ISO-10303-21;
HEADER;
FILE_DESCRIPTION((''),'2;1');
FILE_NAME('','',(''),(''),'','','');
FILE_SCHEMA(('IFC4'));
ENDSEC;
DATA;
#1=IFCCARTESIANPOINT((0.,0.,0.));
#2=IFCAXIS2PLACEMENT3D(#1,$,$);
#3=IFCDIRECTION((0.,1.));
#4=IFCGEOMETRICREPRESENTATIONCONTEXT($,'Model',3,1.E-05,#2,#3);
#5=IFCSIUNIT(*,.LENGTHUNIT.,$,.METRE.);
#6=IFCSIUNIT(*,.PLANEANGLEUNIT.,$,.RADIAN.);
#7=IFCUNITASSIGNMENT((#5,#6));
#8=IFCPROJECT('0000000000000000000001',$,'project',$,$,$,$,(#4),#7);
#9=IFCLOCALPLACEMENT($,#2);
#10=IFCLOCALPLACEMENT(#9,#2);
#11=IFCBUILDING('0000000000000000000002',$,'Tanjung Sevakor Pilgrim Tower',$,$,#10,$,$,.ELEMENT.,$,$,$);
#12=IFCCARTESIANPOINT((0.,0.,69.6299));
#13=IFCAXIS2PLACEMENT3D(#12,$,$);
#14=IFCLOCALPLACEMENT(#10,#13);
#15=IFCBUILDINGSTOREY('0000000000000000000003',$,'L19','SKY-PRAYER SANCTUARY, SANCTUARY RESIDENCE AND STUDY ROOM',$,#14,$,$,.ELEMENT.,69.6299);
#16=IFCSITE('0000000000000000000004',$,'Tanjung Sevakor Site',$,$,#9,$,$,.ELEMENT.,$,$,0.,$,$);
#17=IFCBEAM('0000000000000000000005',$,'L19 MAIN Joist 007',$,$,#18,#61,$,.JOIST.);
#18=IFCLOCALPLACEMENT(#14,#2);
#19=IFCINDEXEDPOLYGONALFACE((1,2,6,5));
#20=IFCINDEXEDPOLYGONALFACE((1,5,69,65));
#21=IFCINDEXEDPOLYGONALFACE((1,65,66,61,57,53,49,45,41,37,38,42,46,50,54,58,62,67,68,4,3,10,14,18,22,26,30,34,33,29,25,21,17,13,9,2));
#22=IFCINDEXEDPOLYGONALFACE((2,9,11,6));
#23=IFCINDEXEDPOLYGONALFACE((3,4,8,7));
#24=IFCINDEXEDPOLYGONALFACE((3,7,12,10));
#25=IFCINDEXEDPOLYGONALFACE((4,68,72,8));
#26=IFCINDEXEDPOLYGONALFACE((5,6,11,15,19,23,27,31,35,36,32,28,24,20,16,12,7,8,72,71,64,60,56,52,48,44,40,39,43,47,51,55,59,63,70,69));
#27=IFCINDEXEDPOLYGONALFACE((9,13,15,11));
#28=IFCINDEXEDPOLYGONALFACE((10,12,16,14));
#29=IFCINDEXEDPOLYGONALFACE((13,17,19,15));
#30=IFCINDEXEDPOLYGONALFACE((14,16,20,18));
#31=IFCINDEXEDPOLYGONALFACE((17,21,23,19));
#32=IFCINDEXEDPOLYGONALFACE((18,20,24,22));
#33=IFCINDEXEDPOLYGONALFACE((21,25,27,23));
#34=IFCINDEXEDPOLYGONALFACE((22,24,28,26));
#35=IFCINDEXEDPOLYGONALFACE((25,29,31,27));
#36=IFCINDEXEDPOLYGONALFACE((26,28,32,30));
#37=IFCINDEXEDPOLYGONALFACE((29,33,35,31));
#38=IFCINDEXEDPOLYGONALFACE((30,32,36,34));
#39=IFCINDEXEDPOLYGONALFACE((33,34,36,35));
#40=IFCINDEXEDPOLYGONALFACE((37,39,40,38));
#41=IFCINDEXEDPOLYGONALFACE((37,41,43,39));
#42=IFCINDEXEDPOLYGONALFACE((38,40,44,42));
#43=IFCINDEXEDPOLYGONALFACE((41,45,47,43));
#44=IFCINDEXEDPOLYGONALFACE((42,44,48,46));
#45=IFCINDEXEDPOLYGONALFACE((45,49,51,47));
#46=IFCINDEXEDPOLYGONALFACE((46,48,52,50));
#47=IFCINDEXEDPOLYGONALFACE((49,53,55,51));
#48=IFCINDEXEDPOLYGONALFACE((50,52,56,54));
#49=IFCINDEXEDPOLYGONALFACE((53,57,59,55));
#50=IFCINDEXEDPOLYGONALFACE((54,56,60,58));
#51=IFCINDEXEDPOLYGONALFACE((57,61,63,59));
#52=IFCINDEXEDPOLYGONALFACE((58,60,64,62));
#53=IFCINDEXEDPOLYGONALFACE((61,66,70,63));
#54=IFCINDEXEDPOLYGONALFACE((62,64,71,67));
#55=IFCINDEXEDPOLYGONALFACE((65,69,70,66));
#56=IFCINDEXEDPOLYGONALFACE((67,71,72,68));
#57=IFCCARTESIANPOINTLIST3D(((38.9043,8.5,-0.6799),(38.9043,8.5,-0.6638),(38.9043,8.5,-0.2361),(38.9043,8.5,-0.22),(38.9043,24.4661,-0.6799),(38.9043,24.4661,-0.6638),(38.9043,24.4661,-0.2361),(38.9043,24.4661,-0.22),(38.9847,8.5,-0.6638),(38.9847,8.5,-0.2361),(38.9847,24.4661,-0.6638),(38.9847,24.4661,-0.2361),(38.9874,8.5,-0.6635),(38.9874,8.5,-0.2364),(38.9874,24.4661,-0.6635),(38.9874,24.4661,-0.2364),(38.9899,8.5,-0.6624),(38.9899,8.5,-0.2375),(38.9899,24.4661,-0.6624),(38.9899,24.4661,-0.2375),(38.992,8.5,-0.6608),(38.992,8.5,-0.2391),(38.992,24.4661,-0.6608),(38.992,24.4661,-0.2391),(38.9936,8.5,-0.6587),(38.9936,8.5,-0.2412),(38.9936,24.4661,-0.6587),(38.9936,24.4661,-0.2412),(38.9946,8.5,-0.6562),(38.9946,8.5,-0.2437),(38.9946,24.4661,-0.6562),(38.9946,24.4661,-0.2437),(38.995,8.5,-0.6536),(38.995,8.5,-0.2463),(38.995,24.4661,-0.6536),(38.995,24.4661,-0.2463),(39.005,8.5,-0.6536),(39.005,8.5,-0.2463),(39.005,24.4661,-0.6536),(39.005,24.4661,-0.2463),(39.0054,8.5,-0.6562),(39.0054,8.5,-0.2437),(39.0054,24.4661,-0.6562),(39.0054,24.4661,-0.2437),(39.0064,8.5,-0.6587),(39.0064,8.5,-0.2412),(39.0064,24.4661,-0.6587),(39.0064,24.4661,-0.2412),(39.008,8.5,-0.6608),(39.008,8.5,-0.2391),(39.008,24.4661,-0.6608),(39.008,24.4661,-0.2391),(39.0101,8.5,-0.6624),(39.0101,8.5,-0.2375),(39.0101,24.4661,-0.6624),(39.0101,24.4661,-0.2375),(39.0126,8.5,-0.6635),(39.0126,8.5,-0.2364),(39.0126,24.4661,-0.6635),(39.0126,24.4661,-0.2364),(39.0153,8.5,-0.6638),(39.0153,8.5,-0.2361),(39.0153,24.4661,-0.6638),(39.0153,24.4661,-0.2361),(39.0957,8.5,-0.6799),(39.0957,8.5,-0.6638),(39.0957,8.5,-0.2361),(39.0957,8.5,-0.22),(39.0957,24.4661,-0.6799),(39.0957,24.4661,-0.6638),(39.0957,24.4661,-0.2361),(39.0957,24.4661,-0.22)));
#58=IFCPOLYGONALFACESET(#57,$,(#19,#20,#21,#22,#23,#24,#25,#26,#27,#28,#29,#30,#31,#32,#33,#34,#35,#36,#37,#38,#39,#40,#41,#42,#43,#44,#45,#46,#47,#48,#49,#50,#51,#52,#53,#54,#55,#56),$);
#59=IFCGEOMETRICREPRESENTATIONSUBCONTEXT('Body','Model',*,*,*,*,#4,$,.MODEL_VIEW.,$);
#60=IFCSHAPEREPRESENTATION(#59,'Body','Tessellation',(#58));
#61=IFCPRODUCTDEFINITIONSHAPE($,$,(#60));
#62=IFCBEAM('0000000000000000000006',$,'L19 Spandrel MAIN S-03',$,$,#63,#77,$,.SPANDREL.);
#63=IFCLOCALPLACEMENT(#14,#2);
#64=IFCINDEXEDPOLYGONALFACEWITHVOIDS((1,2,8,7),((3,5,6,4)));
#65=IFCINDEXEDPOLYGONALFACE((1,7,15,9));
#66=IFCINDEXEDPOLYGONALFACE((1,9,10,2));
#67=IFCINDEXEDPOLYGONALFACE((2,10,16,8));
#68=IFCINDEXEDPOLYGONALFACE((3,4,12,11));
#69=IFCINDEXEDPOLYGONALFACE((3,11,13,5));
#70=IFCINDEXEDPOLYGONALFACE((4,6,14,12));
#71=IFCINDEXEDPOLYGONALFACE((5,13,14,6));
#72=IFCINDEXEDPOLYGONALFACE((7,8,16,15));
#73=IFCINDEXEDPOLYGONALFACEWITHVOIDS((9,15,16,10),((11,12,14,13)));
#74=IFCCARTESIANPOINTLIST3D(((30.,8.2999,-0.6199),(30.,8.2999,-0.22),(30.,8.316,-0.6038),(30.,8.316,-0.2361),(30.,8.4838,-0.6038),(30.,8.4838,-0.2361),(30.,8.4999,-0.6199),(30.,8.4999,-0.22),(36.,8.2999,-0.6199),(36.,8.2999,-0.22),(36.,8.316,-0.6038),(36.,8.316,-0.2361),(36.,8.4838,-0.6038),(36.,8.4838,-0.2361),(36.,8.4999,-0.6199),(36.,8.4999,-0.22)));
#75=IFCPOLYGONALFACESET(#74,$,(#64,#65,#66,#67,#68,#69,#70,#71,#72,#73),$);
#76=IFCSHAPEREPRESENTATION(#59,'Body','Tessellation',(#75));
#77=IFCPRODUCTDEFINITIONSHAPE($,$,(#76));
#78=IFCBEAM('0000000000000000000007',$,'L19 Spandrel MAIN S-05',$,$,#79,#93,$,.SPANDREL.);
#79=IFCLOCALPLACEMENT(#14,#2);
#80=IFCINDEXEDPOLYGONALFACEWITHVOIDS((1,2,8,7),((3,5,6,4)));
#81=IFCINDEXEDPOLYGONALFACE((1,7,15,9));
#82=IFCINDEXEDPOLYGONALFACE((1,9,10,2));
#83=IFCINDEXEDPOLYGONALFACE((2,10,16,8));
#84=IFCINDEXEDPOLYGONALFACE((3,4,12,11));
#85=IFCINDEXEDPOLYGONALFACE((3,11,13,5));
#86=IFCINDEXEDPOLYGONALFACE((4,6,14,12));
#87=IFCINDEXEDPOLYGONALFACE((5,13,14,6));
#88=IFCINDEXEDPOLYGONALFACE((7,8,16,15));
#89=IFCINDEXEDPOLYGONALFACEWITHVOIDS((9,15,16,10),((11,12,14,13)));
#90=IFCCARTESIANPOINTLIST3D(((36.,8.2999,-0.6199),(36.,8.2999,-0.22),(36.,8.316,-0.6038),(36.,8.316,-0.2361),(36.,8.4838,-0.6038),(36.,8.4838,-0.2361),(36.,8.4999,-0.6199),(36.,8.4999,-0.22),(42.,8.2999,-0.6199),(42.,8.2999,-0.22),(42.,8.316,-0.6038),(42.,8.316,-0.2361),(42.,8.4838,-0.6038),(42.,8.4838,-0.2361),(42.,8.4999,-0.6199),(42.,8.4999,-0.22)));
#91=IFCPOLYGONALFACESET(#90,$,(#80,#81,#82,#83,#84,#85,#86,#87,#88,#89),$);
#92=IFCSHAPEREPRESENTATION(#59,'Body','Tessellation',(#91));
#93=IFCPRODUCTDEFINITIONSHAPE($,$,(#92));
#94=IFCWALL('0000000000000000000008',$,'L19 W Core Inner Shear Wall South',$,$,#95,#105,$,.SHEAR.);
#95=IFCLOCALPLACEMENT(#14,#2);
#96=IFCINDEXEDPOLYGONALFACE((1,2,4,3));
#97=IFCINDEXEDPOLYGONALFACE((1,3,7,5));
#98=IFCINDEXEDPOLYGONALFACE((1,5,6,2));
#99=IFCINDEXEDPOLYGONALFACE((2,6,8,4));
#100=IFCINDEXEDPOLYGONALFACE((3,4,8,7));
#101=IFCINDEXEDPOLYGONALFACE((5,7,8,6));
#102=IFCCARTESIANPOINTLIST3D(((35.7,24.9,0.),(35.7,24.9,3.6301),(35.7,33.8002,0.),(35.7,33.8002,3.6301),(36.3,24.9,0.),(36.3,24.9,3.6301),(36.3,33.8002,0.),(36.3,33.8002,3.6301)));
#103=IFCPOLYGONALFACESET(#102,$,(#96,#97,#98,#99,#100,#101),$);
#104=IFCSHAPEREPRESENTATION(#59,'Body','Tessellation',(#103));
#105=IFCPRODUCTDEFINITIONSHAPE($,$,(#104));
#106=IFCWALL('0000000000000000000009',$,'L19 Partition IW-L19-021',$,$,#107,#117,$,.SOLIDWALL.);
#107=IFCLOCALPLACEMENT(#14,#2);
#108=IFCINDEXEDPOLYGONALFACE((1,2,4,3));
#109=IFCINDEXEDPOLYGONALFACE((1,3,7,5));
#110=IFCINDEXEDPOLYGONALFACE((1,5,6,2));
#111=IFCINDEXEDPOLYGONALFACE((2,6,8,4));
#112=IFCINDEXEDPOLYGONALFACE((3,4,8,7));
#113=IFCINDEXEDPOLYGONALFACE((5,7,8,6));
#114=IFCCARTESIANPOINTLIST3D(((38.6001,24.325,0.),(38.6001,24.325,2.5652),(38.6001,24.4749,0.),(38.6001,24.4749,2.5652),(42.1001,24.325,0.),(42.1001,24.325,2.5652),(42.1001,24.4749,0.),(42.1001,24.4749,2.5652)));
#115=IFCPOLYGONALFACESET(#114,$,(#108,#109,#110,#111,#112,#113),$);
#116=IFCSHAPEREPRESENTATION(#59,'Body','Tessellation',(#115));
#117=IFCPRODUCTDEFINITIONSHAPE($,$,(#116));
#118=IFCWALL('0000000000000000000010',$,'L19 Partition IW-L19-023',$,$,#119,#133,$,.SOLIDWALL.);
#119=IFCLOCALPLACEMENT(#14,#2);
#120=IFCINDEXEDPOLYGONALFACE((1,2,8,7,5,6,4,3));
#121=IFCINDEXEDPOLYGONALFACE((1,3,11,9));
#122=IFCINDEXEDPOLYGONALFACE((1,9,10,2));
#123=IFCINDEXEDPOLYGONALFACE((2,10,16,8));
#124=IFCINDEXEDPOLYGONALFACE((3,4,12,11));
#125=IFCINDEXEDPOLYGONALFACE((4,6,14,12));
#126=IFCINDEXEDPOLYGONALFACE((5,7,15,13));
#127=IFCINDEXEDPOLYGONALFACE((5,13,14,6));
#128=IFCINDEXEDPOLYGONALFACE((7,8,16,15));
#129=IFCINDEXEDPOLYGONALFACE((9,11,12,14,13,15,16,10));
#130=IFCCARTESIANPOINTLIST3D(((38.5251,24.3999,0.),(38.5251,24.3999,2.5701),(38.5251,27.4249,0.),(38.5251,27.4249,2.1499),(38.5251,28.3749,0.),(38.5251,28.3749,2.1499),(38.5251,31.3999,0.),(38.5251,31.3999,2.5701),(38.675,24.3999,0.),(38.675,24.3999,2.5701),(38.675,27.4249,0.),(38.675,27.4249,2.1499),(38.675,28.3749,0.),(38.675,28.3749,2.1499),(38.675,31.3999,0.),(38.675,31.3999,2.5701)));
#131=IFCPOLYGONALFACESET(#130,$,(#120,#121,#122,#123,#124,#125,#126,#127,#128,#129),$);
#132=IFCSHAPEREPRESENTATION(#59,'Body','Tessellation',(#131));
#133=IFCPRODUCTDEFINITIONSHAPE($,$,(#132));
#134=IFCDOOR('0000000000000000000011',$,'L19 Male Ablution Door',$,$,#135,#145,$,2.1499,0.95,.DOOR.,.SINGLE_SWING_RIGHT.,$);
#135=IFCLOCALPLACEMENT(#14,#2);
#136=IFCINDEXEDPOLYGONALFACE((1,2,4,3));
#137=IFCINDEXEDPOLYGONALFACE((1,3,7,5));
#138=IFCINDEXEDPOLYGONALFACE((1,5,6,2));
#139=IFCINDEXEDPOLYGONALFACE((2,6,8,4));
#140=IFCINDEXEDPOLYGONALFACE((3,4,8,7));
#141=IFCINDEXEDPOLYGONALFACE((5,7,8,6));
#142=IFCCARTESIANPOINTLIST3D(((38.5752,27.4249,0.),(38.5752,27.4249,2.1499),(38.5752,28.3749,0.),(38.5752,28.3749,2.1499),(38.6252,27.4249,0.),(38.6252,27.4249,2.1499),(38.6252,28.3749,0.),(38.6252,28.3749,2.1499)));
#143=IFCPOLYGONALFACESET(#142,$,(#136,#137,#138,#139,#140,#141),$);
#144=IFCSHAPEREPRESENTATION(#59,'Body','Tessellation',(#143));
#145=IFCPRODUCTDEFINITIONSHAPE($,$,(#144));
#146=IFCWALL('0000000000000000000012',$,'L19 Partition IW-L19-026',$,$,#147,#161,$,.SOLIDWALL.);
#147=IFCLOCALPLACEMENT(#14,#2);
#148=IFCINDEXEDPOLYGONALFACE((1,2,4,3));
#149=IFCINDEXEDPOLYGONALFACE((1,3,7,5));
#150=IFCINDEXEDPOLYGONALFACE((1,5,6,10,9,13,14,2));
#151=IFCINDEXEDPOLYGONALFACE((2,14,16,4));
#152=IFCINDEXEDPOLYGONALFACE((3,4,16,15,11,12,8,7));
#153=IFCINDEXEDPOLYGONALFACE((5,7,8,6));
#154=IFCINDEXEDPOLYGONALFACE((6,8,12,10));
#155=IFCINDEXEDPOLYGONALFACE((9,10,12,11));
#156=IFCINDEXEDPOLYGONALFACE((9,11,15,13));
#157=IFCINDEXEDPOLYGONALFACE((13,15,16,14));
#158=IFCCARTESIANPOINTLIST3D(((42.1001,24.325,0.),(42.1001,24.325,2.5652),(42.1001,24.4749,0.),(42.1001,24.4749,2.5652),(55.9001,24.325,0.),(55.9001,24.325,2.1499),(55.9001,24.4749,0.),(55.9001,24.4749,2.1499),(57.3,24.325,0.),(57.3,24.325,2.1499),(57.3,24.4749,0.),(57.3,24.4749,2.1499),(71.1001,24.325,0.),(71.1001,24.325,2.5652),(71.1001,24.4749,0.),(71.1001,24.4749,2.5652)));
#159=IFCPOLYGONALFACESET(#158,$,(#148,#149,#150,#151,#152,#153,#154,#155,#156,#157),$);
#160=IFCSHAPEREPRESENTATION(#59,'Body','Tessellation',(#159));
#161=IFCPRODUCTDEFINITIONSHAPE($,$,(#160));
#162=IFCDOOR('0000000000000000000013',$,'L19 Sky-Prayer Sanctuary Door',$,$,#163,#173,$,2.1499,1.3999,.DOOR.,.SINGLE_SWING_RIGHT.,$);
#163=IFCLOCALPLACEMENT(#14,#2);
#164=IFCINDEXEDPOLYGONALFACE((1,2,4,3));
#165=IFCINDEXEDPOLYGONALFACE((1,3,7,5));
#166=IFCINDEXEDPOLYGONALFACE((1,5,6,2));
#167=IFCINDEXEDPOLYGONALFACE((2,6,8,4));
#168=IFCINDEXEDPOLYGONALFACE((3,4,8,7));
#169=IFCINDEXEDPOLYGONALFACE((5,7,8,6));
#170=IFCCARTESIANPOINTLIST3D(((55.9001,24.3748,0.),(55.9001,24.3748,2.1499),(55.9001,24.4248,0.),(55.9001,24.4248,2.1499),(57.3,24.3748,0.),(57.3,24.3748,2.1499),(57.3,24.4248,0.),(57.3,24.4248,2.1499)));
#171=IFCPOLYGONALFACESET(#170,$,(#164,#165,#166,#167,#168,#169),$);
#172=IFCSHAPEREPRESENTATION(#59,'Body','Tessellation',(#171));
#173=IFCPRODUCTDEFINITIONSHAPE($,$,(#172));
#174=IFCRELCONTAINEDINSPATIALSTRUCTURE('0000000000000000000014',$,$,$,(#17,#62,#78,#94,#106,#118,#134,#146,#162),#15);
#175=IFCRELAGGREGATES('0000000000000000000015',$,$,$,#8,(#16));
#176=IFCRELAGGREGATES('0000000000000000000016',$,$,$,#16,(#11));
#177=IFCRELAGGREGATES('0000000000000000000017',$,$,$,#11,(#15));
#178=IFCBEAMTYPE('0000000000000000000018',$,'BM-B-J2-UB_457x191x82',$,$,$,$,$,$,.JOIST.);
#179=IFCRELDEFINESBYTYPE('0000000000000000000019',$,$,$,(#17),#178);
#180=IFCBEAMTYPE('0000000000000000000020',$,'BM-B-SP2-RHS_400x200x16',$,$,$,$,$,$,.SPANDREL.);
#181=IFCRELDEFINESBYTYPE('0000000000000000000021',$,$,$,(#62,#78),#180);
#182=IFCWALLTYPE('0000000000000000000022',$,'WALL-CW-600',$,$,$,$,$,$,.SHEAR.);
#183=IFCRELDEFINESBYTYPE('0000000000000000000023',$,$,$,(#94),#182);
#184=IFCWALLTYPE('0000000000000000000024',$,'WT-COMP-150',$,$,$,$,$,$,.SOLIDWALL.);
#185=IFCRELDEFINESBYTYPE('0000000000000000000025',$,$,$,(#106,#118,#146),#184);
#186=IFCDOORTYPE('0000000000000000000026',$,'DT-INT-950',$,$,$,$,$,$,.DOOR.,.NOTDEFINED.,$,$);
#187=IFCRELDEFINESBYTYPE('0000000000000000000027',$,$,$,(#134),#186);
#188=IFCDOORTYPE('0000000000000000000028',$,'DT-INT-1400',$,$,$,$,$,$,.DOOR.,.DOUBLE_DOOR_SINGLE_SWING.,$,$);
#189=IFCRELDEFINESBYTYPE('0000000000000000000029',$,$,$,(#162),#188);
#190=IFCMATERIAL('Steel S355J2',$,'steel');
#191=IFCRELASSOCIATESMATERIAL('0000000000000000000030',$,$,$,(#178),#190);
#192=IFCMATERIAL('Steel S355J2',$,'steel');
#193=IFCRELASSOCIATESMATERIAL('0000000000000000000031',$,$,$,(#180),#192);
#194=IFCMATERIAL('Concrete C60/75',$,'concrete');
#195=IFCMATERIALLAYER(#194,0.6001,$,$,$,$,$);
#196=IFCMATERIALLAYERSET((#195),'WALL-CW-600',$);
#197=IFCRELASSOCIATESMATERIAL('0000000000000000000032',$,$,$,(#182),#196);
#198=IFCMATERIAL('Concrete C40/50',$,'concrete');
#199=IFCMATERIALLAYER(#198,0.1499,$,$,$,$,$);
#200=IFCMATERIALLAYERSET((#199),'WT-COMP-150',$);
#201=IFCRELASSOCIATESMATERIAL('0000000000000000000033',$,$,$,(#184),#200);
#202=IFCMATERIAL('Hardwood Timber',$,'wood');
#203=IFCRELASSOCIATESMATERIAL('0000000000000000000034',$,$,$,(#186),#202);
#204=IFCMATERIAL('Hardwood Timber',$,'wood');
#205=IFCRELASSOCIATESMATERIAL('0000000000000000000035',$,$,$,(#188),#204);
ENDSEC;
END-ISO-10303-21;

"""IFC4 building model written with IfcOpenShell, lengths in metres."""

from ifc_helpers import new_model, si_unit, direction, frame, frame_2d, origin, origin_2d, place, context, subcontext, project, spatial, rectangle, hollow_rectangle, i_section, extrude, material, layer, layer_set, material_profile, profile_set, type_object, element, fill, save


model = new_model("IFC4")

# Units and contexts
model_context = context("Model", 3, precision=1e-05, world=origin(), true_north=direction((0.0, 1.0)))
body_context = subcontext(model_context, "Body", "Model", "MODEL_VIEW")
ifc_project = project(units=[si_unit("LENGTHUNIT", "METRE"), si_unit("PLANEANGLEUNIT", "RADIAN")], contexts=[model_context])

# Site, building, storey
site_placement = place(None, origin())
site = spatial("IfcSite", under=ifc_project, at=site_placement, Name="Tanjung Sevakor Site", CompositionType="ELEMENT", RefElevation=0.0)
building_placement = place(site_placement, origin())
building = spatial("IfcBuilding", under=site, at=building_placement, Name="Tanjung Sevakor Pilgrim Tower", CompositionType="ELEMENT")
storey_placement = place(building_placement, frame((0.0, 0.0, 69.6299)))
storey = spatial("IfcBuildingStorey", under=building, at=storey_placement, Name="L19", Description="SKY-PRAYER SANCTUARY, SANCTUARY RESIDENCE AND STUDY ROOM", CompositionType="ELEMENT", Elevation=69.6299)

# Beams
ifc_material_1 = material(Name="Steel S355J2", Category="steel")
ifc_material_profile_1 = material_profile(ifc_material_1, i_section(OverallWidth=0.1914, OverallDepth=0.46, WebThickness=0.01, FlangeThickness=0.0161, FilletRadius=0.0103, at=origin_2d()))
ifc_profile_set_1 = profile_set([ifc_material_profile_1], Name="Steel S355J2")
beam_type_1 = type_object("IfcBeamType", Name="BM-B-J2-UB_457x191x82", PredefinedType="JOIST", material=ifc_profile_set_1)
for number, where, z_axis, x_axis, name in (
    (1, (39.0, 8.5, -0.45), (0.0, 1.0, 0.0), (-1.0, 0.0, 0.0), "L19 MAIN Joist 007"),
):
    element("IfcBeam", number, at=place(storey_placement, frame(where, z_axis=z_axis, x_axis=x_axis)), inside=storey, type_object=beam_type_1, Name=name, PredefinedType="JOIST", context=body_context, shape_type="SweptSolid", body=[
        extrude(i_section(OverallWidth=0.1914, OverallDepth=0.46, WebThickness=0.01, FlangeThickness=0.0161, FilletRadius=0.0103, at=origin_2d()), origin(), (0.0, 0.0, 1.0), 15.9661),
    ])
ifc_material_2 = material(Name="Steel S355J2", Category="steel")
ifc_material_profile_2 = material_profile(ifc_material_2, hollow_rectangle(XDim=0.2, YDim=0.3999, WallThickness=0.0161, at=origin_2d()))
ifc_profile_set_2 = profile_set([ifc_material_profile_2], Name="Steel S355J2")
beam_type_2 = type_object("IfcBeamType", Name="BM-B-SP2-RHS_400x200x16", PredefinedType="SPANDREL", material=ifc_profile_set_2)
for number, where, z_axis, x_axis, name in (
    (2, (30.0, 8.3999, -0.4199), (1.0, 0.0, 0.0), (0.0, 1.0, 0.0), "L19 Spandrel MAIN S-03"),
    (3, (36.0, 8.3999, -0.4199), (1.0, 0.0, 0.0), (0.0, 1.0, 0.0), "L19 Spandrel MAIN S-05"),
):
    element("IfcBeam", number, at=place(storey_placement, frame(where, z_axis=z_axis, x_axis=x_axis)), inside=storey, type_object=beam_type_2, Name=name, PredefinedType="SPANDREL", context=body_context, shape_type="SweptSolid", body=[
        extrude(hollow_rectangle(XDim=0.2, YDim=0.3999, WallThickness=0.0161, at=origin_2d()), origin(), (0.0, 0.0, 1.0), 6.0),
    ])

# Walls
ifc_material_3 = material(Name="Concrete C60/75", Category="concrete")
ifc_layer_1 = layer(ifc_material_3, 0.6001)
ifc_layer_set_1 = layer_set([ifc_layer_1], Name="WALL-CW-600")
wall_type_1 = type_object("IfcWallType", Name="WALL-CW-600", PredefinedType="SHEAR", material=ifc_layer_set_1)
wall_1_placement = place(storey_placement, frame((36.0, 24.8999, 0.0), z_axis=(0.0, 0.0, 1.0), x_axis=(0.0, 1.0, 0.0)))
element("IfcWall", 4, at=wall_1_placement, inside=storey, type_object=wall_type_1, Name="L19 W Core Inner Shear Wall South", PredefinedType="SHEAR", context=body_context, shape_type="SweptSolid", body=[
    extrude(rectangle(XDim=8.9001, YDim=0.6001, at=frame_2d((4.4502, 0.0))), origin(), (0.0, 0.0, 1.0), 3.6301),
])
ifc_material_4 = material(Name="Concrete C40/50", Category="concrete")
ifc_layer_2 = layer(ifc_material_4, 0.1499)
ifc_layer_set_2 = layer_set([ifc_layer_2], Name="WT-COMP-150")
wall_type_2 = type_object("IfcWallType", Name="WT-COMP-150", PredefinedType="SOLIDWALL", material=ifc_layer_set_2)
wall_2_placement = place(storey_placement, frame((38.6001, 24.3999, 0.0), z_axis=(0.0, 0.0, 1.0), x_axis=(1.0, 0.0, 0.0)))
element("IfcWall", 5, at=wall_2_placement, inside=storey, type_object=wall_type_2, Name="L19 Partition IW-L19-021", PredefinedType="SOLIDWALL", context=body_context, shape_type="SweptSolid", body=[
    extrude(rectangle(XDim=3.5, YDim=0.1499, at=frame_2d((1.75, 0.0))), origin(), (0.0, 0.0, 1.0), 2.5652),
])

# Walls, openings, doors
wall_3_placement = place(storey_placement, frame((38.6001, 24.3999, 0.0), z_axis=(0.0, 0.0, 1.0), x_axis=(0.0, 1.0, 0.0)))
wall_3 = element("IfcWall", 6, at=wall_3_placement, inside=storey, type_object=wall_type_2, Name="L19 Partition IW-L19-023", PredefinedType="SOLIDWALL", context=body_context, shape_type="SweptSolid", body=[
    extrude(rectangle(XDim=7.0, YDim=0.1499, at=frame_2d((3.5, 0.0))), origin(), (0.0, 0.0, 1.0), 2.5701),
])
opening_1_placement = place(wall_3_placement, frame((3.0249, 0.0, 0.0)))
opening_1 = element("IfcOpeningElement", 7, at=opening_1_placement, cuts=wall_3, PredefinedType="OPENING", context=body_context, shape_type="SweptSolid", body=[
    extrude(rectangle(XDim=0.95, YDim=2.1499, at=frame_2d((0.4751, 1.075))), frame((0.0, 0.085, 0.0), z_axis=(0.0, -1.0, 0.0), x_axis=(1.0, 0.0, 0.0)), (0.0, 0.0, 1.0), 0.1699),
])
ifc_material_5 = material(Name="Hardwood Timber", Category="wood")
door_type_1 = type_object("IfcDoorType", Name="DT-INT-950", OperationType="NOTDEFINED", PredefinedType="DOOR", material=ifc_material_5)
door_1_placement = place(opening_1_placement, origin())
door_1 = element("IfcDoor", 8, at=door_1_placement, inside=storey, type_object=door_type_1, Name="L19 Male Ablution Door", OperationType="SINGLE_SWING_RIGHT", OverallHeight=2.1499, OverallWidth=0.95, PredefinedType="DOOR", context=body_context, shape_type="SweptSolid", body=[
    extrude(rectangle(XDim=0.95, YDim=2.1499, at=frame_2d((0.4751, 1.075))), frame((0.0, 0.0249, 0.0), z_axis=(0.0, -1.0, 0.0), x_axis=(1.0, 0.0, 0.0)), (0.0, 0.0, 1.0), 0.05),
])
fill(opening_1, door_1)
wall_4_placement = place(storey_placement, frame((42.1001, 24.3999, 0.0), z_axis=(0.0, 0.0, 1.0), x_axis=(1.0, 0.0, 0.0)))
wall_4 = element("IfcWall", 9, at=wall_4_placement, inside=storey, type_object=wall_type_2, Name="L19 Partition IW-L19-026", PredefinedType="SOLIDWALL", context=body_context, shape_type="SweptSolid", body=[
    extrude(rectangle(XDim=29.0, YDim=0.1499, at=frame_2d((14.5, 0.0))), origin(), (0.0, 0.0, 1.0), 2.5652),
])
opening_2_placement = place(wall_4_placement, frame((13.8, 0.0, 0.0)))
opening_2 = element("IfcOpeningElement", 10, at=opening_2_placement, cuts=wall_4, PredefinedType="OPENING", context=body_context, shape_type="SweptSolid", body=[
    extrude(rectangle(XDim=1.3999, YDim=2.1499, at=frame_2d((0.7, 1.075))), frame((0.0, 0.085, 0.0), z_axis=(0.0, -1.0, 0.0), x_axis=(1.0, 0.0, 0.0)), (0.0, 0.0, 1.0), 0.1699),
])
ifc_material_6 = material(Name="Hardwood Timber", Category="wood")
door_type_2 = type_object("IfcDoorType", Name="DT-INT-1400", OperationType="DOUBLE_DOOR_SINGLE_SWING", PredefinedType="DOOR", material=ifc_material_6)
door_2_placement = place(opening_2_placement, origin())
door_2 = element("IfcDoor", 11, at=door_2_placement, inside=storey, type_object=door_type_2, Name="L19 Sky-Prayer Sanctuary Door", OperationType="SINGLE_SWING_RIGHT", OverallHeight=2.1499, OverallWidth=1.3999, PredefinedType="DOOR", context=body_context, shape_type="SweptSolid", body=[
    extrude(rectangle(XDim=1.3999, YDim=2.1499, at=frame_2d((0.7, 1.075))), frame((0.0, 0.0249, 0.0), z_axis=(0.0, -1.0, 0.0), x_axis=(1.0, 0.0, 0.0)), (0.0, 0.0, 1.0), 0.05),
])
fill(opening_2, door_2)

save(model, "model.ifc")
